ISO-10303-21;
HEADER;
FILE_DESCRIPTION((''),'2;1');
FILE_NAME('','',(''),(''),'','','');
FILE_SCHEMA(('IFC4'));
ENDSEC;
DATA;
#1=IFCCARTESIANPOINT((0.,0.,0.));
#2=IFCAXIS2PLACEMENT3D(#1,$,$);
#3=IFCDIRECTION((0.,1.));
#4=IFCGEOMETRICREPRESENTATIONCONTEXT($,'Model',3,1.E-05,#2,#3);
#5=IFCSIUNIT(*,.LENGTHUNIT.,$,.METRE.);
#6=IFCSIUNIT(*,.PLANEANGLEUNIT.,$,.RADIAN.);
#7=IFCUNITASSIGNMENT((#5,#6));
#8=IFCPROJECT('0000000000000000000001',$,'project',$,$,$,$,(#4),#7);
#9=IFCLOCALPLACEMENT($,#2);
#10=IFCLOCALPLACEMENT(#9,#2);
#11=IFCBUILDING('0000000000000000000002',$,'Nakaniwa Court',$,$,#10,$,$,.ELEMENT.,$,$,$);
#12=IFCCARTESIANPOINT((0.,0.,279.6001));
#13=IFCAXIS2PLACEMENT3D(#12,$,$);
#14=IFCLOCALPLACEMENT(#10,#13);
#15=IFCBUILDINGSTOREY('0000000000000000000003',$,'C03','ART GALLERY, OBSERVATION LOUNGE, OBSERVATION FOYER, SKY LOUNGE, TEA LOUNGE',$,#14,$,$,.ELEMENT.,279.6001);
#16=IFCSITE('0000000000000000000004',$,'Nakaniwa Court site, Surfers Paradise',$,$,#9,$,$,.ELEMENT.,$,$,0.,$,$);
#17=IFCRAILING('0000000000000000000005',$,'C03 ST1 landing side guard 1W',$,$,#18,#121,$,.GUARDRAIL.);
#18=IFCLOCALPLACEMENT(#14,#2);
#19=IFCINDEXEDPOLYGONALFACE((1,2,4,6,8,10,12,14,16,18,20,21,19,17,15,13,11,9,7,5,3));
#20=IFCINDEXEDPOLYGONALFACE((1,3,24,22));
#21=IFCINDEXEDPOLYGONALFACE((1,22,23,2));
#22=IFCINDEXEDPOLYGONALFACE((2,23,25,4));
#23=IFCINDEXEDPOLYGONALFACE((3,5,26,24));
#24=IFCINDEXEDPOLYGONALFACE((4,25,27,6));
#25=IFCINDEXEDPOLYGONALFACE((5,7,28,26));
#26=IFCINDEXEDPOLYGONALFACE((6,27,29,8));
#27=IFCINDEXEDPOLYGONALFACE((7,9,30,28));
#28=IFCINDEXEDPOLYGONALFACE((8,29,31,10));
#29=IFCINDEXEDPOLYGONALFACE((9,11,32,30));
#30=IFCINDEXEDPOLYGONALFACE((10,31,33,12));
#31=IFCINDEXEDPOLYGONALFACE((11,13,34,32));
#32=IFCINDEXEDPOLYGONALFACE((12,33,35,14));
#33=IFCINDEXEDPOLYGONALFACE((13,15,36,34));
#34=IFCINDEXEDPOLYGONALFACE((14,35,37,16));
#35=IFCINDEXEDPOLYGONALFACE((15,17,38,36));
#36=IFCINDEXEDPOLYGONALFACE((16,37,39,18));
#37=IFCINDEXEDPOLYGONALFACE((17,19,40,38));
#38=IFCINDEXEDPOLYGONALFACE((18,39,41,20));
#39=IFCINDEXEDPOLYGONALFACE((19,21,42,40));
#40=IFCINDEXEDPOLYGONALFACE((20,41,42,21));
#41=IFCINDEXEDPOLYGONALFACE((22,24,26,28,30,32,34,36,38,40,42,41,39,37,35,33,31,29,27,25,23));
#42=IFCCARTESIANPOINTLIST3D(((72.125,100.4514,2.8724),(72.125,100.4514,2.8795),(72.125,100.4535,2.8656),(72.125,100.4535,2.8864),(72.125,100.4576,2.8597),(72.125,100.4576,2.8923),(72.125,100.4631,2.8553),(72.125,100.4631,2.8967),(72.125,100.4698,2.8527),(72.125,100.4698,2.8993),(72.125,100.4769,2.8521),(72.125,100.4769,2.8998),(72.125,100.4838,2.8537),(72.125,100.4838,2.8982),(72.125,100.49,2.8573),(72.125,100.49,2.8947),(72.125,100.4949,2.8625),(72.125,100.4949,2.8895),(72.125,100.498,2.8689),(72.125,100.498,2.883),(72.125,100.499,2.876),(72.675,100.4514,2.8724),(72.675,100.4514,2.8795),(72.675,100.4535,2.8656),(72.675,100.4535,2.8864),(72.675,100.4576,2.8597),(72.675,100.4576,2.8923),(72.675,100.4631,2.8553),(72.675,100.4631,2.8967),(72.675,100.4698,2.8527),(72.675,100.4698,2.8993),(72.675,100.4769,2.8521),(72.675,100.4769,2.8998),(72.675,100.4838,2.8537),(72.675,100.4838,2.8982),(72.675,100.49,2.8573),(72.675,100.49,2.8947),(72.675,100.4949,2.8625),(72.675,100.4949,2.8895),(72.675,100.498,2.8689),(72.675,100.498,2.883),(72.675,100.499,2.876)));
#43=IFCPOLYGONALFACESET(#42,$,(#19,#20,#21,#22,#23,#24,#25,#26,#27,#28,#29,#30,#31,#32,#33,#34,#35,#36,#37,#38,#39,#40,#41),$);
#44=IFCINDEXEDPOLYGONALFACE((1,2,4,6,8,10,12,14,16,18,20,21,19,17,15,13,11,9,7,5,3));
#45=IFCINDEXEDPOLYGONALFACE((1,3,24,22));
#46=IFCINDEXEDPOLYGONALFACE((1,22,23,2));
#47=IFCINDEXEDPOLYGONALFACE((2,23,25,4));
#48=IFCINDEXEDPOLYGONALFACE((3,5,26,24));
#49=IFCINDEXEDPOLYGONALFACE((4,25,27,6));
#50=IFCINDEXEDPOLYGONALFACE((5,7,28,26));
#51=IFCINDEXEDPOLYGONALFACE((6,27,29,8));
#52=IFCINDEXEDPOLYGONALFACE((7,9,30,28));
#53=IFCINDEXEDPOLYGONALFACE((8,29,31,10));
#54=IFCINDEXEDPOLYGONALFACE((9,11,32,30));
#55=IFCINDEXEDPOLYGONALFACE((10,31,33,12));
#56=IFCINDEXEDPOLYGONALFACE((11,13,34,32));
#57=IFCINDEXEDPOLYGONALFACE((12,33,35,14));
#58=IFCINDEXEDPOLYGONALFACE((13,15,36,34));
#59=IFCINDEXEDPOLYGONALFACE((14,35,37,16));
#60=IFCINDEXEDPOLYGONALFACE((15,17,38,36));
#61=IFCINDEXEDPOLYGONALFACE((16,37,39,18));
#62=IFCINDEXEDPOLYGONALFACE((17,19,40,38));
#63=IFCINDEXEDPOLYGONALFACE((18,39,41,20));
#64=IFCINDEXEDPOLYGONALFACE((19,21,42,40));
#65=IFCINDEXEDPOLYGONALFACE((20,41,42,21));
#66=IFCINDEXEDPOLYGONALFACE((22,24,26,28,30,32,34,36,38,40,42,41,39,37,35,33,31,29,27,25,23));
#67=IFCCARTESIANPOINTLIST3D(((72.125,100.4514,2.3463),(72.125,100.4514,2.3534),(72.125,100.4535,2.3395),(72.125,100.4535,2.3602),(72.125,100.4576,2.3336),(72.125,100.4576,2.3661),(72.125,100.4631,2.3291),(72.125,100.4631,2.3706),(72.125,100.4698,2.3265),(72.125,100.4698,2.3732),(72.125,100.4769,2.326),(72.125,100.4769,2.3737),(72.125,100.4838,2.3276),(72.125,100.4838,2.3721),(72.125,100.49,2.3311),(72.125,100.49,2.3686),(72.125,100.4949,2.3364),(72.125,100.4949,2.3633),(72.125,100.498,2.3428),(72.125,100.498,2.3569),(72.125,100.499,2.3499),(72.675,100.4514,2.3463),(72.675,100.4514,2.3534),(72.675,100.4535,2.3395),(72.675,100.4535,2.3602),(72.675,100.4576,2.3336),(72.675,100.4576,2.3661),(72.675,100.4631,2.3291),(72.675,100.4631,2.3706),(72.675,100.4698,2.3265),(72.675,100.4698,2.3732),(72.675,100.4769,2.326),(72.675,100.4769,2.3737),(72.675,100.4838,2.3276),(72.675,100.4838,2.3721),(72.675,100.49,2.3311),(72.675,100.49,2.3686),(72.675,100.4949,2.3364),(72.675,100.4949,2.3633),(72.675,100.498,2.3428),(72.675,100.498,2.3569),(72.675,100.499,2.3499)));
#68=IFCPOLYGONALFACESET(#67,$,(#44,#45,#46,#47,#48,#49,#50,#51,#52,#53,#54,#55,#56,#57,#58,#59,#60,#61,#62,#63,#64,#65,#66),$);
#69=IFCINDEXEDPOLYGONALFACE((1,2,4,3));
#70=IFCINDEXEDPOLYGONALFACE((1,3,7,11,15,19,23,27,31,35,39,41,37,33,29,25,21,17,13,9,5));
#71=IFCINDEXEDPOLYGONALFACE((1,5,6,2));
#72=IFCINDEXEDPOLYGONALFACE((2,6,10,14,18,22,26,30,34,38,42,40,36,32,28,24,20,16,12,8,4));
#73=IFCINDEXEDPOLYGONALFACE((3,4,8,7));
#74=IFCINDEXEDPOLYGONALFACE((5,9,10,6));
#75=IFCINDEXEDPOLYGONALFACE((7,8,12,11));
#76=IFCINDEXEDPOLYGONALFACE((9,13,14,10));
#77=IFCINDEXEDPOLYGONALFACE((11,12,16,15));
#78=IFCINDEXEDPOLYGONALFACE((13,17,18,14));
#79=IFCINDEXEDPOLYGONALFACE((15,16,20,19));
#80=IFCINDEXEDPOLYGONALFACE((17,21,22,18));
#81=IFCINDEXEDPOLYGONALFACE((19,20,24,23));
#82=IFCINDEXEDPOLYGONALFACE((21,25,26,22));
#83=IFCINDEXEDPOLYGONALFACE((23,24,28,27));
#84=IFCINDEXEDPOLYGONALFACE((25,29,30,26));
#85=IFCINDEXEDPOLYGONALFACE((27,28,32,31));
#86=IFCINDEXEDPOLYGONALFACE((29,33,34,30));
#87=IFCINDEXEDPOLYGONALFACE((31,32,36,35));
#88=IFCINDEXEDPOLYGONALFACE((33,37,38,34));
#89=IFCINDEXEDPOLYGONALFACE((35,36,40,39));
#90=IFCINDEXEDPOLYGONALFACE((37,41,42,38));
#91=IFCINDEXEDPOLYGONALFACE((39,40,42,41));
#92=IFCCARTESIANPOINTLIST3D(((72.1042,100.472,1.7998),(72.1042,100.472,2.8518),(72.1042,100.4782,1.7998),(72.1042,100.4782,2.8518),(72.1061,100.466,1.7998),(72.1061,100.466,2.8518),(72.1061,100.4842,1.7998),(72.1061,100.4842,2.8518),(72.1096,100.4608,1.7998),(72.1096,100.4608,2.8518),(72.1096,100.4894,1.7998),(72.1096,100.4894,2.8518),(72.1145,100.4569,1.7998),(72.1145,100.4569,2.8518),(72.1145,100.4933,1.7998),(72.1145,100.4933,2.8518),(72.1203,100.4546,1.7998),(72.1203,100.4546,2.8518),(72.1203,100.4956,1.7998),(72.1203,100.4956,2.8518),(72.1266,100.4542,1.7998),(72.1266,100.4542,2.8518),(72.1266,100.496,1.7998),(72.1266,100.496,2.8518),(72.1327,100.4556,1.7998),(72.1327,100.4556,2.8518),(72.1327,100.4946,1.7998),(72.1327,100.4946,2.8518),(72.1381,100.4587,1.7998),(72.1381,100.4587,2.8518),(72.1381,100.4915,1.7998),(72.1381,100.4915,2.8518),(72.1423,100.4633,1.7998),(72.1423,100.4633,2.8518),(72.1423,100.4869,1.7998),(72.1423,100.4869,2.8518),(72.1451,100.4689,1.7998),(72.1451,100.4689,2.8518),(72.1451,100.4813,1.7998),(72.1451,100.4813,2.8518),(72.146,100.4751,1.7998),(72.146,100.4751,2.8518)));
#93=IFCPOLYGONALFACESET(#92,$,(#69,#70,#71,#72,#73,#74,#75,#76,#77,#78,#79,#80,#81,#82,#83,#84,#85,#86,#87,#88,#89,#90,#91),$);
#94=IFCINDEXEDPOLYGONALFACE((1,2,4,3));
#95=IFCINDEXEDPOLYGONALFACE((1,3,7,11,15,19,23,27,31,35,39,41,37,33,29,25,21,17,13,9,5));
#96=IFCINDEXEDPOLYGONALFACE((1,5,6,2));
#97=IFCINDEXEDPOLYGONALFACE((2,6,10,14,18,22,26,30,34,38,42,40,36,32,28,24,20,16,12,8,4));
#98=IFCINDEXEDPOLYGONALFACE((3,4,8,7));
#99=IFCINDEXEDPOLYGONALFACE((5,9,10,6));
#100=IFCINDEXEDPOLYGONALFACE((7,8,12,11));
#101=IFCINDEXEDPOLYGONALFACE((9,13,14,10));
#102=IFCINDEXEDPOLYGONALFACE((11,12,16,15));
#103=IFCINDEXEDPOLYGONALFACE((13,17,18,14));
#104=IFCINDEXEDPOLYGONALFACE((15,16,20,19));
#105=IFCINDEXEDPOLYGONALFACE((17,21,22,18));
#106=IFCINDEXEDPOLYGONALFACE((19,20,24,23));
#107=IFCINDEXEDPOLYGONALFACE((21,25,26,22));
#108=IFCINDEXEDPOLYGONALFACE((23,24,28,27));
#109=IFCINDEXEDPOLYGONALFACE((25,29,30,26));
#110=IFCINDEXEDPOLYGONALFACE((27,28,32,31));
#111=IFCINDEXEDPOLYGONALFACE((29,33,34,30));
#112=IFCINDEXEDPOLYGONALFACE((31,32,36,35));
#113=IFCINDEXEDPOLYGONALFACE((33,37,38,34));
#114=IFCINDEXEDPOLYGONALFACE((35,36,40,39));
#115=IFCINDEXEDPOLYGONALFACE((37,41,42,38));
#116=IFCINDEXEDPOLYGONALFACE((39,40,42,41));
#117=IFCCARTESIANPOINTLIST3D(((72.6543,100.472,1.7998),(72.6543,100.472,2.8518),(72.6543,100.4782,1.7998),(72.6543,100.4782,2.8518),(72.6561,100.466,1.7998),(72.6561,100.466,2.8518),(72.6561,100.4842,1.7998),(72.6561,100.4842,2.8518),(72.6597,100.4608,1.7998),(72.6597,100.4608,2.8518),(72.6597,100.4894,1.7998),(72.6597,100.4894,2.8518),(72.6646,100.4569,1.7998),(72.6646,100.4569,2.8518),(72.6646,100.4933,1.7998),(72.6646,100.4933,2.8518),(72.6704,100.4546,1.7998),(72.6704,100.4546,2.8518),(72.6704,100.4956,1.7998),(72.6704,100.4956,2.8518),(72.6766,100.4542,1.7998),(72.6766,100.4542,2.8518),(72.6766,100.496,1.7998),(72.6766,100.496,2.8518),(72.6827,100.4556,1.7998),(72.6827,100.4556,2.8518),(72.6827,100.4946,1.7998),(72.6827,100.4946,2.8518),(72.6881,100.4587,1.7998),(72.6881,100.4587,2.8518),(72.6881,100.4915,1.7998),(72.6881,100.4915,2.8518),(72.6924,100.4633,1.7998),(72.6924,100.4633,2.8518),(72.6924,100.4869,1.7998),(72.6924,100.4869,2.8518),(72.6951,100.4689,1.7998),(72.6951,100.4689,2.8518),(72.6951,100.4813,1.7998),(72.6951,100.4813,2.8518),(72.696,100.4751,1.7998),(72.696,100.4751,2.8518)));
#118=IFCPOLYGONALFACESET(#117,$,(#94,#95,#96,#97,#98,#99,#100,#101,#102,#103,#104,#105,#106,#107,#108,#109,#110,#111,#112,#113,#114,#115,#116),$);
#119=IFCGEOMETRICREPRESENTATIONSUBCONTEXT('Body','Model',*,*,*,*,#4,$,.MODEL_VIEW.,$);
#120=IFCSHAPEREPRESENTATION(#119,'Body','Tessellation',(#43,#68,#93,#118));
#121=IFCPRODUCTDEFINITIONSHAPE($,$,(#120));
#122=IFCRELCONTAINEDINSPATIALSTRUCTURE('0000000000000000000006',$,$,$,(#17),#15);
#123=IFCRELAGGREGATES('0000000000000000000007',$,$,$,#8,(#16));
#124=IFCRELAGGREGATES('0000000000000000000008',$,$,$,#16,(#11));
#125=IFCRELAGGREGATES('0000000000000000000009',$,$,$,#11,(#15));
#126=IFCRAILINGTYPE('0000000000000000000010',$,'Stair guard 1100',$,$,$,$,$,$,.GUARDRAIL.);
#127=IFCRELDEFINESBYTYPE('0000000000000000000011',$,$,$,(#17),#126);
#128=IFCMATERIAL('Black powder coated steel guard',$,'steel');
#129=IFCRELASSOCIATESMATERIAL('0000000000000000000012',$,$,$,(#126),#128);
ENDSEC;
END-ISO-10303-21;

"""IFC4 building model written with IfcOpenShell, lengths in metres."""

from ifc_helpers import new_model, si_unit, direction, frame, origin, origin_2d, place, context, subcontext, project, spatial, circle, extrude, material, type_object, element, save


model = new_model("IFC4")

# Units and contexts
model_context = context("Model", 3, precision=1e-05, world=origin(), true_north=direction((0.0, 1.0)))
body_context = subcontext(model_context, "Body", "Model", "MODEL_VIEW")
ifc_project = project(units=[si_unit("LENGTHUNIT", "METRE"), si_unit("PLANEANGLEUNIT", "RADIAN")], contexts=[model_context])

# Site, building, storey
site_placement = place(None, origin())
site = spatial("IfcSite", under=ifc_project, at=site_placement, Name="Nakaniwa Court site, Surfers Paradise", CompositionType="ELEMENT", RefElevation=0.0)
building_placement = place(site_placement, origin())
building = spatial("IfcBuilding", under=site, at=building_placement, Name="Nakaniwa Court", CompositionType="ELEMENT")
storey_placement = place(building_placement, frame((0.0, 0.0, 279.6001)))
storey = spatial("IfcBuildingStorey", under=building, at=storey_placement, Name="C03", Description="ART GALLERY, OBSERVATION LOUNGE, OBSERVATION FOYER, SKY LOUNGE, TEA LOUNGE", CompositionType="ELEMENT", Elevation=279.6001)

# Railing
ifc_material_1 = material(Name="Black powder coated steel guard", Category="steel")
railing_type_1 = type_object("IfcRailingType", Name="Stair guard 1100", PredefinedType="GUARDRAIL", material=ifc_material_1)
for number, where, name in (
    (1, (72.125, 100.4751, 1.7998), "C03 ST1 landing side guard 1W"),
):
    element("IfcRailing", number, at=place(storey_placement, frame(where)), inside=storey, type_object=railing_type_1, Name=name, PredefinedType="GUARDRAIL", context=body_context, shape_type="SweptSolid", body=[
        extrude(circle(Radius=0.0239, at=origin_2d()), frame((0.0, 0.0, 1.0762), z_axis=(1.0, 0.0, 0.0), x_axis=(0.0, 1.0, 0.0)), (0.0, 0.0, 1.0), 0.55),
        extrude(circle(Radius=0.0239, at=origin_2d()), frame((0.0, 0.0, 0.55), z_axis=(1.0, 0.0, 0.0), x_axis=(0.0, 1.0, 0.0)), (0.0, 0.0, 1.0), 0.55),
        extrude(circle(Radius=0.021, at=origin_2d()), origin(), (0.0, 0.0, 1.0), 1.052),
        extrude(circle(Radius=0.021, at=origin_2d()), frame((0.55, 0.0, 0.0)), (0.0, 0.0, 1.0), 1.052),
    ])

save(model, "model.ifc")
